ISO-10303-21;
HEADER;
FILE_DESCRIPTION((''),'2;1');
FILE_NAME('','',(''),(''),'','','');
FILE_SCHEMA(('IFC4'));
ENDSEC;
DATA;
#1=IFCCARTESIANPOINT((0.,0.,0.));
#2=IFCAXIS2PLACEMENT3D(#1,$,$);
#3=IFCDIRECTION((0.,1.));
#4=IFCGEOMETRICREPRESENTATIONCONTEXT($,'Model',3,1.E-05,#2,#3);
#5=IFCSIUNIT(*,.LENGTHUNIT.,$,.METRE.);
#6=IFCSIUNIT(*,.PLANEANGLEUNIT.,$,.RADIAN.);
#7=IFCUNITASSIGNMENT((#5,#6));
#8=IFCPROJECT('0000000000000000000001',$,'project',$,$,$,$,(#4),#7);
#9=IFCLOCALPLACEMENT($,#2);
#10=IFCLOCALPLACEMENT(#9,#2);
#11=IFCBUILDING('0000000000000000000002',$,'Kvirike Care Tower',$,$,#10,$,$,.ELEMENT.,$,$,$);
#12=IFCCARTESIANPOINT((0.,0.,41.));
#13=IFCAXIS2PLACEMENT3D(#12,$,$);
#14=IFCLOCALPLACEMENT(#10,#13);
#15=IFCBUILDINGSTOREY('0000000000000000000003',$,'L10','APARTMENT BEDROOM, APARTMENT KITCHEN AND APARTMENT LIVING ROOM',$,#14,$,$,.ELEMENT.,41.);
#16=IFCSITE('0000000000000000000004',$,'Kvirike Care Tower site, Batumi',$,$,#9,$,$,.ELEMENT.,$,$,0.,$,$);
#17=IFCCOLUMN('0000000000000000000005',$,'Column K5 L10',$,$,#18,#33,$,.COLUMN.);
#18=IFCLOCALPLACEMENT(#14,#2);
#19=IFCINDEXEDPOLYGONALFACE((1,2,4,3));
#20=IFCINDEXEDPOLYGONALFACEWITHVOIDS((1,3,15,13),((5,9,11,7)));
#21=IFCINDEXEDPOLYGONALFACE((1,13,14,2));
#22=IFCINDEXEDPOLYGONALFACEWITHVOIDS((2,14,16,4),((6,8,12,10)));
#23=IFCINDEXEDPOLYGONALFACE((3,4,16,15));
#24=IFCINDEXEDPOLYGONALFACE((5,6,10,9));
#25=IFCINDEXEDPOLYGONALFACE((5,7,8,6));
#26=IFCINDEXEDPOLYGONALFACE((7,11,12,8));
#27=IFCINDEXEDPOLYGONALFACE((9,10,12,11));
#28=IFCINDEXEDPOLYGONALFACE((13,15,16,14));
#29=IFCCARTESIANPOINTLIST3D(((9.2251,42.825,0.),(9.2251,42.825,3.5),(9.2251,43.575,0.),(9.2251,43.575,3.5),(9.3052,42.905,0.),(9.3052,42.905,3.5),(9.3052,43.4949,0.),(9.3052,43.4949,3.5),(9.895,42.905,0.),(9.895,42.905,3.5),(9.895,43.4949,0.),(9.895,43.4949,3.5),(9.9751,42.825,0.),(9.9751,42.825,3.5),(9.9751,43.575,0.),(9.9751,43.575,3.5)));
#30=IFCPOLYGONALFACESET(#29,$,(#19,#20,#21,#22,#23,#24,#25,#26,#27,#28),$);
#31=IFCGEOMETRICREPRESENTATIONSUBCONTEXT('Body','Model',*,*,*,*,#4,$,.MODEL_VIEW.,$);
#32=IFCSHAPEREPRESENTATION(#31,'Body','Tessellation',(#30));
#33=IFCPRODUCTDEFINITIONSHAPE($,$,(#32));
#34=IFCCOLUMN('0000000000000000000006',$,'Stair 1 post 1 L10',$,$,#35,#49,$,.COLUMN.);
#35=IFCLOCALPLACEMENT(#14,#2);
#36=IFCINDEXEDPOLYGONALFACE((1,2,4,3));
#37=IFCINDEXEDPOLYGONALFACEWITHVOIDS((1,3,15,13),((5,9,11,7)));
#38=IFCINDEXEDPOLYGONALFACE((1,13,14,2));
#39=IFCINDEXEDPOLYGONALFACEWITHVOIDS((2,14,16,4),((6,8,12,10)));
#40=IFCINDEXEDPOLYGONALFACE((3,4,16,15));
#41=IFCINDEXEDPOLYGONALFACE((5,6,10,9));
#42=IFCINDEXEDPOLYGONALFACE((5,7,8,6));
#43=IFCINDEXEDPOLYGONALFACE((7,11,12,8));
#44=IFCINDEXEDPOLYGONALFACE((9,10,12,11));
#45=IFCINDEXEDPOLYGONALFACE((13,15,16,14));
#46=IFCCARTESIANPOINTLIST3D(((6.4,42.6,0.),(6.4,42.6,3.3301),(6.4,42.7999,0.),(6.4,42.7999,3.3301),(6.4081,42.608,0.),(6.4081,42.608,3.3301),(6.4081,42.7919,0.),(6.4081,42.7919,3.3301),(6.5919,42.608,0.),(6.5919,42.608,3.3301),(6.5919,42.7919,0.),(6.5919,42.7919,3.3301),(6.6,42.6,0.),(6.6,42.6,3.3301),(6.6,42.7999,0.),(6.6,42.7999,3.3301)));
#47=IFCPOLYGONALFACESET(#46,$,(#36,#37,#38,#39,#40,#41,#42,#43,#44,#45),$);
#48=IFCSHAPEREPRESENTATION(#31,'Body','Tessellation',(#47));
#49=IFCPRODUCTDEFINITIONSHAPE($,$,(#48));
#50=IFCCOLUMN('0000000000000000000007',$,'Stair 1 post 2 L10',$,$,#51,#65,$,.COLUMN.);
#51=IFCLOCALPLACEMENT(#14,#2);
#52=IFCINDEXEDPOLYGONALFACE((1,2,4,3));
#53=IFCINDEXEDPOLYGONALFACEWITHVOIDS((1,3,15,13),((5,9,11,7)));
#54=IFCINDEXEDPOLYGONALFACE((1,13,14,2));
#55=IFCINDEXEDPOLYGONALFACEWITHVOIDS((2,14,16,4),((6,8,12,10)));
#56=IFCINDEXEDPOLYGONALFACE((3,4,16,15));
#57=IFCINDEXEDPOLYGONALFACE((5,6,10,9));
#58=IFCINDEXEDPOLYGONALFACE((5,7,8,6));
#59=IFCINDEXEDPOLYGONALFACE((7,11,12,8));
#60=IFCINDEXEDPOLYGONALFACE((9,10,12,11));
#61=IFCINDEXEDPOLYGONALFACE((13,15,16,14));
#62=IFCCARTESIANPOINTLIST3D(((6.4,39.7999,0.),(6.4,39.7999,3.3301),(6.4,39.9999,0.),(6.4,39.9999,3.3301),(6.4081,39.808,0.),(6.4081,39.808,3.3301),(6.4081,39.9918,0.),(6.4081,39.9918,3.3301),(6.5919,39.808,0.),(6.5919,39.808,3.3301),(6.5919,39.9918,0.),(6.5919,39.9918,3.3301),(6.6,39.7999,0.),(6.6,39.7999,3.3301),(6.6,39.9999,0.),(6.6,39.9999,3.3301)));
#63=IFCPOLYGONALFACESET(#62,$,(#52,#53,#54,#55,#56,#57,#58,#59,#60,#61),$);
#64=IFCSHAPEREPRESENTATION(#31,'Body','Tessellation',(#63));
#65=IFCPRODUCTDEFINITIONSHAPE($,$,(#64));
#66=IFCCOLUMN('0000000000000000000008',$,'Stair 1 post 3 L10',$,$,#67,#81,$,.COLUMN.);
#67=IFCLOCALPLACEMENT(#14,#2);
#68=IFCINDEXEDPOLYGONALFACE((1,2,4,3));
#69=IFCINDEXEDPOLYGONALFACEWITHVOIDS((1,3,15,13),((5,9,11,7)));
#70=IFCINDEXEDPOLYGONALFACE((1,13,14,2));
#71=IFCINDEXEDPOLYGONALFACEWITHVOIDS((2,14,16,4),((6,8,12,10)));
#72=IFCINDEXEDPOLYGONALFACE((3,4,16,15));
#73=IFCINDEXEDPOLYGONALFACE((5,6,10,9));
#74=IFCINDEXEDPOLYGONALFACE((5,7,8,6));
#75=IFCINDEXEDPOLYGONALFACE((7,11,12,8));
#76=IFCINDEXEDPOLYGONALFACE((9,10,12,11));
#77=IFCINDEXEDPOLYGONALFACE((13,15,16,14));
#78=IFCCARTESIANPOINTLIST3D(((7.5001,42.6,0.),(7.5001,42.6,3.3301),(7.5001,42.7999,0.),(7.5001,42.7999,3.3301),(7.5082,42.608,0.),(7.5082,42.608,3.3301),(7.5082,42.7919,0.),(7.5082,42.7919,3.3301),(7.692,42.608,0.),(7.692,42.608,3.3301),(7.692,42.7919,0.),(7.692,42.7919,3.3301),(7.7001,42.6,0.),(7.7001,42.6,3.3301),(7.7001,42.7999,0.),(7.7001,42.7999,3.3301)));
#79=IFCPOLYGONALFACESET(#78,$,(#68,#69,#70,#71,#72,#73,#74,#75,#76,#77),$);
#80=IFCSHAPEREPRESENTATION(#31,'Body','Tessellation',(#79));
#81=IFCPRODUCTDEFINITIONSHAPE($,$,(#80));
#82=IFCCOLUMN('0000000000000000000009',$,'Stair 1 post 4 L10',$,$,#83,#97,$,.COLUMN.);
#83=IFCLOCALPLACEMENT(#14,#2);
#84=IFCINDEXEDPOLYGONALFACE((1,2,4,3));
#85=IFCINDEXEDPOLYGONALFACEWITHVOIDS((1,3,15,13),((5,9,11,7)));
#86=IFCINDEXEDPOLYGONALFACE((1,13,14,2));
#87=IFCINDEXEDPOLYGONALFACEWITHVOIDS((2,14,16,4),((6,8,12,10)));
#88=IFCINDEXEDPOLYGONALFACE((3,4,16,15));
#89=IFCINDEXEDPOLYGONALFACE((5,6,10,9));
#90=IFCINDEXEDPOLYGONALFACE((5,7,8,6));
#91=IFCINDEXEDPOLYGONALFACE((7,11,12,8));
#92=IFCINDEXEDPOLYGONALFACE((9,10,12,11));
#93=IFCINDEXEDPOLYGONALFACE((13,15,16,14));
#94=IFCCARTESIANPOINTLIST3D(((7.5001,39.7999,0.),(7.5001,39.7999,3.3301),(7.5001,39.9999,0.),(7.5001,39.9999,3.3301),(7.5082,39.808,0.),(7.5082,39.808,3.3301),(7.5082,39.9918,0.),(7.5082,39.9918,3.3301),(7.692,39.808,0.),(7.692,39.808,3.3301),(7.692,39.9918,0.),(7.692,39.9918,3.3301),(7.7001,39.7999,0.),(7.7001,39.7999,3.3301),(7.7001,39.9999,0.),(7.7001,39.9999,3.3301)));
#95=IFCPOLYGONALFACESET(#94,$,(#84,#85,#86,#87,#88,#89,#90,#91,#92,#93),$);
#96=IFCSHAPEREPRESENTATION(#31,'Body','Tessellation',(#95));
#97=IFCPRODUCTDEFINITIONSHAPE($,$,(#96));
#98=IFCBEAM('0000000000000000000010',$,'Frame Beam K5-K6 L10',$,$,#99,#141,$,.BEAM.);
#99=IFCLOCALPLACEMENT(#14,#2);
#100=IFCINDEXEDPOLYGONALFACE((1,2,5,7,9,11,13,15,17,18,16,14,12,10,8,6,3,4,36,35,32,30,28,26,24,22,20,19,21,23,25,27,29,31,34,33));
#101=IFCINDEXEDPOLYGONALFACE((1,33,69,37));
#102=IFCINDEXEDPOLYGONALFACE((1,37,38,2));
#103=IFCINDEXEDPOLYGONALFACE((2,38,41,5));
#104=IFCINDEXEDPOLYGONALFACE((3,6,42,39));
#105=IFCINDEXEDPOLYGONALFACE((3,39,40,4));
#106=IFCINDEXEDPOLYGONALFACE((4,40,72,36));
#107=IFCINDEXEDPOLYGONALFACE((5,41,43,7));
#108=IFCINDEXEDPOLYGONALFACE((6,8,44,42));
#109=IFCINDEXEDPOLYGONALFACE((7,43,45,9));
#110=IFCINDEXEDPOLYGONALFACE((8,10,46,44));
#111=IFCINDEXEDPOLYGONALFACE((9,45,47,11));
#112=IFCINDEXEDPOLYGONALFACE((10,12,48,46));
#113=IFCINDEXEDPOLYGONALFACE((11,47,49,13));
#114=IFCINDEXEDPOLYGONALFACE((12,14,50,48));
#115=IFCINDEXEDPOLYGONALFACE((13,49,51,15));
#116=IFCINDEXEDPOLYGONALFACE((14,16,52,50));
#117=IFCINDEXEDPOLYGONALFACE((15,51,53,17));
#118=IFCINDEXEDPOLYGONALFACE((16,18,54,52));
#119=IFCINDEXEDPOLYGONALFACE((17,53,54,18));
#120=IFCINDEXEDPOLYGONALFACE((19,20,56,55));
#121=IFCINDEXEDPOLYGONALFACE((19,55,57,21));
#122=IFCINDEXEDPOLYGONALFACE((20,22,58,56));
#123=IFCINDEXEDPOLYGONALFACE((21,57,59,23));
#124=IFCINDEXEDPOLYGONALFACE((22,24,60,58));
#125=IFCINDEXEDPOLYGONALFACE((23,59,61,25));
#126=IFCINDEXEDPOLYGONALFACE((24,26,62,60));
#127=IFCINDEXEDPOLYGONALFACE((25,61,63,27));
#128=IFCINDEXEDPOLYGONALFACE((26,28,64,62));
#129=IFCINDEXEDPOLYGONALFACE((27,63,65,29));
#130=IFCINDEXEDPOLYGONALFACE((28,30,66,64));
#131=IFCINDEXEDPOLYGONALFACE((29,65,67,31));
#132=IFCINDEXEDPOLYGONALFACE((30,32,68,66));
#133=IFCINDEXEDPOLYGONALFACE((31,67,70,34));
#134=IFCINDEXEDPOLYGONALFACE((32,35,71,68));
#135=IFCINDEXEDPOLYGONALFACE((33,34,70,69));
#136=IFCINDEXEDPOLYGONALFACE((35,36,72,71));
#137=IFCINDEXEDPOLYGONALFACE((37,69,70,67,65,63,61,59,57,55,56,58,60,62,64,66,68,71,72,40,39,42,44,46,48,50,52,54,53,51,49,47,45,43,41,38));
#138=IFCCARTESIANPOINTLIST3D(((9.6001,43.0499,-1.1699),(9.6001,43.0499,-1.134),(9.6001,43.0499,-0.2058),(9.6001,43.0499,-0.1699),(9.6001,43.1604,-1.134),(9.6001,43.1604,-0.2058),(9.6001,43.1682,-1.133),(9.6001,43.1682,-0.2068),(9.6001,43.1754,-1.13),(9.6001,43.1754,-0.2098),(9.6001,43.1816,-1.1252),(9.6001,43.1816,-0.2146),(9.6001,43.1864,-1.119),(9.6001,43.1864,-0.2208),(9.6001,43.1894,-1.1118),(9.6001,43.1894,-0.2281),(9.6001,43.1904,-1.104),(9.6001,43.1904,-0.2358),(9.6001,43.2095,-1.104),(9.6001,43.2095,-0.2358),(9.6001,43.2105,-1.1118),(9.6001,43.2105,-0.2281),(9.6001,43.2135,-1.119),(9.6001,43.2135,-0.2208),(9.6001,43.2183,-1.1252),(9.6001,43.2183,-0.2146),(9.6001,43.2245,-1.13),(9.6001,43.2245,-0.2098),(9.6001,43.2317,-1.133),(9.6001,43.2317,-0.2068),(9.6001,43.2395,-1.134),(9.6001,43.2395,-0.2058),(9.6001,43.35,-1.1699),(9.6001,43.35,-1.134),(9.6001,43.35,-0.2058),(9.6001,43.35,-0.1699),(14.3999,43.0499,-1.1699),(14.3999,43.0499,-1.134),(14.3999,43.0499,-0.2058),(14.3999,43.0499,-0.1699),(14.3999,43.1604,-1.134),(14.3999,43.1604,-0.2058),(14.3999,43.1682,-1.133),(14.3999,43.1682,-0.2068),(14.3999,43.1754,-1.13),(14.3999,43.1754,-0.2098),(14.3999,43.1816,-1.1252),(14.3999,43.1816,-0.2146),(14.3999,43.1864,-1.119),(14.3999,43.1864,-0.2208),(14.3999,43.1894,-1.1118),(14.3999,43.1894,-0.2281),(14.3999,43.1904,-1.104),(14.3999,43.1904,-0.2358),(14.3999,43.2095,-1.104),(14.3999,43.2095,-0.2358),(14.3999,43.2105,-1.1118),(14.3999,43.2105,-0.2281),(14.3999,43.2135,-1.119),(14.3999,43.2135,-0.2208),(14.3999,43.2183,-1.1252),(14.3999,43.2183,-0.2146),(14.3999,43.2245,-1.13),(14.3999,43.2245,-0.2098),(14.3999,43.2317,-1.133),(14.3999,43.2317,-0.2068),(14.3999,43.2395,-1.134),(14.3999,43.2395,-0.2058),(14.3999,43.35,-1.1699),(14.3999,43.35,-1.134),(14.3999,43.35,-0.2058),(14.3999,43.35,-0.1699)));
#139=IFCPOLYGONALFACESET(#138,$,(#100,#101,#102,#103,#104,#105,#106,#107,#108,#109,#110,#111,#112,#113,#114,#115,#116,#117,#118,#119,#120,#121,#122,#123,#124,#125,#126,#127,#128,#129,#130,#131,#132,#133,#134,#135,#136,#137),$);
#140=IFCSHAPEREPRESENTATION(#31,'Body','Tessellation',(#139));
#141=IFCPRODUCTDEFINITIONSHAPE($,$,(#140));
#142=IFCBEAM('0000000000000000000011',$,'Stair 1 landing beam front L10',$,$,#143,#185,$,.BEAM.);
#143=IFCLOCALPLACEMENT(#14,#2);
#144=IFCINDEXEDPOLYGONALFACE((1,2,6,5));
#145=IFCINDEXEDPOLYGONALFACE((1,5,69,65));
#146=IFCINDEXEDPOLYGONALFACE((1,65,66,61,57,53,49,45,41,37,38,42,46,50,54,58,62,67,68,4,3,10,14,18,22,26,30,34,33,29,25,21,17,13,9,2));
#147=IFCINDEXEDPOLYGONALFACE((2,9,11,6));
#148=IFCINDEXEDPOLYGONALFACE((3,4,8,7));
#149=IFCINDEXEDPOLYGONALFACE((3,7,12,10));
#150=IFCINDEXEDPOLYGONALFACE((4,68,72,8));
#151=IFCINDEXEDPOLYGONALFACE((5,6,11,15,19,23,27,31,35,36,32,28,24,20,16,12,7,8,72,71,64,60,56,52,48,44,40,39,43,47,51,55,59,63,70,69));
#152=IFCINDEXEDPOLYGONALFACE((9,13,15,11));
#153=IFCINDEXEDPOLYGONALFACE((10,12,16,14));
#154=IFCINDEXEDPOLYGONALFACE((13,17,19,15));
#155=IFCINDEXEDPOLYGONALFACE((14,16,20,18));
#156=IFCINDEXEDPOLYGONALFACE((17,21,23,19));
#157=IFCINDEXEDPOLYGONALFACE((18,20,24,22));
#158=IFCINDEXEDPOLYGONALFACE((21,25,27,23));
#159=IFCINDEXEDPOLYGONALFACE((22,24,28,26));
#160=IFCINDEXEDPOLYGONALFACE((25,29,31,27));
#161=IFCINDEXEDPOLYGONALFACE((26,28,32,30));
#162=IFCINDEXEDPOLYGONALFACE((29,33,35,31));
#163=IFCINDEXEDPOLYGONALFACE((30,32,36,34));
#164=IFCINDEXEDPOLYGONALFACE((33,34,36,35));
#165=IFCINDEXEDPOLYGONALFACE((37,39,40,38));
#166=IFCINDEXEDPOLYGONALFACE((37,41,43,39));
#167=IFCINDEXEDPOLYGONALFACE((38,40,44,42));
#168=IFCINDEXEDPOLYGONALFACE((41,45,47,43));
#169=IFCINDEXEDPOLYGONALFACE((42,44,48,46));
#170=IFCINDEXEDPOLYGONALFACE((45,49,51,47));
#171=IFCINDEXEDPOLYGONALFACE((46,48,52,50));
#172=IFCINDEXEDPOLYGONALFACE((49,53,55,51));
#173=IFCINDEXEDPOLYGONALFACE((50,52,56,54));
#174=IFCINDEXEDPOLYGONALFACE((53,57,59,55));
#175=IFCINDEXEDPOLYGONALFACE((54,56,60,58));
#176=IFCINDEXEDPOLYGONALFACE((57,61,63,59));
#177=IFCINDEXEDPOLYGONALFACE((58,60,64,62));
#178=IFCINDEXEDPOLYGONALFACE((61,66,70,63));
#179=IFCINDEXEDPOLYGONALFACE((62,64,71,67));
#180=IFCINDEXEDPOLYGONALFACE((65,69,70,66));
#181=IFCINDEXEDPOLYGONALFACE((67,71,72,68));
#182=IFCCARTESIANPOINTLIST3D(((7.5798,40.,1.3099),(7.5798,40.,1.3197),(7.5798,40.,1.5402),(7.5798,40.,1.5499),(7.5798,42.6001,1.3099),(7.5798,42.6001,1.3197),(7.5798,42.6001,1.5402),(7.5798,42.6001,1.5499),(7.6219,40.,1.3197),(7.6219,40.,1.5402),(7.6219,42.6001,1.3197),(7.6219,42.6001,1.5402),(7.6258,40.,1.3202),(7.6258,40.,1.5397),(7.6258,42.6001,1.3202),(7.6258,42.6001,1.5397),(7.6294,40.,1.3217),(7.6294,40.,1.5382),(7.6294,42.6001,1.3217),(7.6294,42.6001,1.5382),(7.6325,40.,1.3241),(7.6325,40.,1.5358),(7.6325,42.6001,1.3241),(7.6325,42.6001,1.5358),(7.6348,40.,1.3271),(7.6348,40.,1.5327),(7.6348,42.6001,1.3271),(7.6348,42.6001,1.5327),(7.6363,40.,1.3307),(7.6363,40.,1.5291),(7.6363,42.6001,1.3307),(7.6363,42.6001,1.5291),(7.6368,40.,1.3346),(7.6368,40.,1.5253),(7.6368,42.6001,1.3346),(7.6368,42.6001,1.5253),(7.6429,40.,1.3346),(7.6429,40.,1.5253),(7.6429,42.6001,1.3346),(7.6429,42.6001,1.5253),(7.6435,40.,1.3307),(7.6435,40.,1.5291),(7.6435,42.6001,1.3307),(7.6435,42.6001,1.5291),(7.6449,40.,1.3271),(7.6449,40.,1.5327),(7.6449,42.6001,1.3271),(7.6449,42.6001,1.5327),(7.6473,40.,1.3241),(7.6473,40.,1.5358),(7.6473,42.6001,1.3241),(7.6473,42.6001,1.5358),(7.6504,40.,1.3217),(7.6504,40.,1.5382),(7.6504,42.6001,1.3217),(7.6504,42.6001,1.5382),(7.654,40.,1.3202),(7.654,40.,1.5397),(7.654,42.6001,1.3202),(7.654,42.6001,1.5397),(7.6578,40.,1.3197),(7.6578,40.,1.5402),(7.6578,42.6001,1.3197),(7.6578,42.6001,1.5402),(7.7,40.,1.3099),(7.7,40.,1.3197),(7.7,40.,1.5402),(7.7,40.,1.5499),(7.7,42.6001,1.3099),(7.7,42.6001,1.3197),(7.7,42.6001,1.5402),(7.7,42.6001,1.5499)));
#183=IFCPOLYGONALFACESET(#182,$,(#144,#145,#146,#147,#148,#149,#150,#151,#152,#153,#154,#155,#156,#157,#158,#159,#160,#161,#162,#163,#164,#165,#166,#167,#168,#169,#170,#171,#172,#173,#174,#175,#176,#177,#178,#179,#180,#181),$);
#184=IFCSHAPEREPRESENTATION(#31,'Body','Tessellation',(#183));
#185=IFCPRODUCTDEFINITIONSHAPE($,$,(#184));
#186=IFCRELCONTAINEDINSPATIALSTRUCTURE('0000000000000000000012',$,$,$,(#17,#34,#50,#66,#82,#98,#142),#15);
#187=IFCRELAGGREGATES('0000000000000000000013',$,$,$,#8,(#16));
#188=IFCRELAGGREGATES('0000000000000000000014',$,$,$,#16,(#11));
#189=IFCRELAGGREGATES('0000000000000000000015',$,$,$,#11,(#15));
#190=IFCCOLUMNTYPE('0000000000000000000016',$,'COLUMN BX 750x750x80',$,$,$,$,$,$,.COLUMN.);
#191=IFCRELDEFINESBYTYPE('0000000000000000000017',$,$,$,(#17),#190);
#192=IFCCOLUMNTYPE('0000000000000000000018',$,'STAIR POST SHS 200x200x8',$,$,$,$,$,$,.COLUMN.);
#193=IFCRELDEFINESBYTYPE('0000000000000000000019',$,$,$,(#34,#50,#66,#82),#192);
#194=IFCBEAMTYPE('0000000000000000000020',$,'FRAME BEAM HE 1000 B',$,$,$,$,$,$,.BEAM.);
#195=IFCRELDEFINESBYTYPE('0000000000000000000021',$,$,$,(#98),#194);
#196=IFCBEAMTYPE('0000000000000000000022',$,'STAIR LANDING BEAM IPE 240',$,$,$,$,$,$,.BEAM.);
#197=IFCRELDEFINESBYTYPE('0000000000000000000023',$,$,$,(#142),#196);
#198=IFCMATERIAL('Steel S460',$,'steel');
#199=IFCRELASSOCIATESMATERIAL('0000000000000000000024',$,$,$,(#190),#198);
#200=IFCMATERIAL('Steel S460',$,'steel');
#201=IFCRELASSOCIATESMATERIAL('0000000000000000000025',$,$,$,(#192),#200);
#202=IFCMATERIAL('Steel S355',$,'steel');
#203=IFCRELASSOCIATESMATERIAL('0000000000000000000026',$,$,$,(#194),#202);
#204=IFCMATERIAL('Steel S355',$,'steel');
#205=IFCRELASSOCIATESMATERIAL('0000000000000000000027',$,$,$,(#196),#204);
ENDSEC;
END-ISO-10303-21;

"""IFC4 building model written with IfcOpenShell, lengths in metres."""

from ifc_helpers import new_model, si_unit, direction, frame, origin, origin_2d, place, context, subcontext, project, spatial, hollow_rectangle, i_section, extrude, material, material_profile, profile_set, type_object, element, save


model = new_model("IFC4")

# Units and contexts
model_context = context("Model", 3, precision=1e-05, world=origin(), true_north=direction((0.0, 1.0)))
body_context = subcontext(model_context, "Body", "Model", "MODEL_VIEW")
ifc_project = project(units=[si_unit("LENGTHUNIT", "METRE"), si_unit("PLANEANGLEUNIT", "RADIAN")], contexts=[model_context])

# Site, building, storey
site_placement = place(None, origin())
site = spatial("IfcSite", under=ifc_project, at=site_placement, Name="Kvirike Care Tower site, Batumi", CompositionType="ELEMENT", RefElevation=0.0)
building_placement = place(site_placement, origin())
building = spatial("IfcBuilding", under=site, at=building_placement, Name="Kvirike Care Tower", CompositionType="ELEMENT")
storey_placement = place(building_placement, frame((0.0, 0.0, 41.0)))
storey = spatial("IfcBuildingStorey", under=building, at=storey_placement, Name="L10", Description="APARTMENT BEDROOM, APARTMENT KITCHEN AND APARTMENT LIVING ROOM", CompositionType="ELEMENT", Elevation=41.0)

# Columns
ifc_material_1 = material(Name="Steel S460", Category="steel")
ifc_material_profile_1 = material_profile(ifc_material_1, hollow_rectangle(XDim=0.75, YDim=0.75, WallThickness=0.0801, at=origin_2d()), Name="BX 750x750x80")
ifc_profile_set_1 = profile_set([ifc_material_profile_1], Name="Steel S460")
column_type_1 = type_object("IfcColumnType", Name="COLUMN BX 750x750x80", PredefinedType="COLUMN", material=ifc_profile_set_1)
column_placement = place(storey_placement, frame((9.6001, 43.2, 0.0), z_axis=(0.0, 0.0, 1.0), x_axis=(0.0, 1.0, 0.0)))
element("IfcColumn", 1, at=column_placement, inside=storey, type_object=column_type_1, Name="Column K5 L10", PredefinedType="COLUMN", context=body_context, shape_type="SweptSolid", body=[
    extrude(hollow_rectangle(XDim=0.75, YDim=0.75, WallThickness=0.0801, at=origin_2d()), origin(), (0.0, 0.0, 1.0), 3.5),
])
ifc_material_2 = material(Name="Steel S460", Category="steel")
ifc_material_profile_2 = material_profile(ifc_material_2, hollow_rectangle(XDim=0.2, YDim=0.2, WallThickness=0.0081, at=origin_2d()), Name="SHS 200x200x8")
ifc_profile_set_2 = profile_set([ifc_material_profile_2], Name="Steel S460")
column_type_2 = type_object("IfcColumnType", Name="STAIR POST SHS 200x200x8", PredefinedType="COLUMN", material=ifc_profile_set_2)
for number, where, z_axis, x_axis, name in (
    (2, (6.5, 42.7, 0.0), (0.0, 0.0, 1.0), (1.0, 0.0, 0.0), "Stair 1 post 1 L10"),
    (3, (6.5, 39.8999, 0.0), (0.0, 0.0, 1.0), (1.0, 0.0, 0.0), "Stair 1 post 2 L10"),
    (4, (7.6001, 42.7, 0.0), (0.0, 0.0, 1.0), (1.0, 0.0, 0.0), "Stair 1 post 3 L10"),
    (5, (7.6001, 39.8999, 0.0), (0.0, 0.0, 1.0), (1.0, 0.0, 0.0), "Stair 1 post 4 L10"),
):
    element("IfcColumn", number, at=place(storey_placement, frame(where, z_axis=z_axis, x_axis=x_axis)), inside=storey, type_object=column_type_2, Name=name, PredefinedType="COLUMN", context=body_context, shape_type="SweptSolid", body=[
        extrude(hollow_rectangle(XDim=0.2, YDim=0.2, WallThickness=0.0081, at=origin_2d()), origin(), (0.0, 0.0, 1.0), 3.3301),
    ])

# Beams
ifc_material_3 = material(Name="Steel S355", Category="steel")
ifc_material_profile_3 = material_profile(ifc_material_3, i_section(OverallWidth=0.3, OverallDepth=1.0, WebThickness=0.019, FlangeThickness=0.0359, FilletRadius=0.03, at=origin_2d()), Name="HE 1000 B")
ifc_profile_set_3 = profile_set([ifc_material_profile_3], Name="Steel S355")
beam_type_1 = type_object("IfcBeamType", Name="FRAME BEAM HE 1000 B", PredefinedType="BEAM", material=ifc_profile_set_3)
beam_1_placement = place(storey_placement, frame((9.6001, 43.2, -0.6699), z_axis=(1.0, 0.0, 0.0), x_axis=(0.0, 1.0, 0.0)))
element("IfcBeam", 6, at=beam_1_placement, inside=storey, type_object=beam_type_1, Name="Frame Beam K5-K6 L10", PredefinedType="BEAM", context=body_context, shape_type="SweptSolid", body=[
    extrude(i_section(OverallWidth=0.3, OverallDepth=1.0, WebThickness=0.019, FlangeThickness=0.0359, FilletRadius=0.03, at=origin_2d()), origin(), (0.0, 0.0, 1.0), 4.7998),
])
ifc_material_4 = material(Name="Steel S355", Category="steel")
ifc_material_profile_4 = material_profile(ifc_material_4, i_section(OverallWidth=0.1201, OverallDepth=0.24, WebThickness=0.0061, FlangeThickness=0.0098, FilletRadius=0.0149, at=origin_2d()), Name="IPE 240")
ifc_profile_set_4 = profile_set([ifc_material_profile_4], Name="Steel S355")
beam_type_2 = type_object("IfcBeamType", Name="STAIR LANDING BEAM IPE 240", PredefinedType="BEAM", material=ifc_profile_set_4)
beam_2_placement = place(storey_placement, frame((7.6399, 42.6001, 1.4299), z_axis=(0.0, -1.0, 0.0), x_axis=(1.0, 0.0, 0.0)))
element("IfcBeam", 7, at=beam_2_placement, inside=storey, type_object=beam_type_2, Name="Stair 1 landing beam front L10", PredefinedType="BEAM", context=body_context, shape_type="SweptSolid", body=[
    extrude(i_section(OverallWidth=0.1201, OverallDepth=0.24, WebThickness=0.0061, FlangeThickness=0.0098, FilletRadius=0.0149, at=origin_2d()), origin(), (0.0, 0.0, 1.0), 2.6001),
])

save(model, "model.ifc")
